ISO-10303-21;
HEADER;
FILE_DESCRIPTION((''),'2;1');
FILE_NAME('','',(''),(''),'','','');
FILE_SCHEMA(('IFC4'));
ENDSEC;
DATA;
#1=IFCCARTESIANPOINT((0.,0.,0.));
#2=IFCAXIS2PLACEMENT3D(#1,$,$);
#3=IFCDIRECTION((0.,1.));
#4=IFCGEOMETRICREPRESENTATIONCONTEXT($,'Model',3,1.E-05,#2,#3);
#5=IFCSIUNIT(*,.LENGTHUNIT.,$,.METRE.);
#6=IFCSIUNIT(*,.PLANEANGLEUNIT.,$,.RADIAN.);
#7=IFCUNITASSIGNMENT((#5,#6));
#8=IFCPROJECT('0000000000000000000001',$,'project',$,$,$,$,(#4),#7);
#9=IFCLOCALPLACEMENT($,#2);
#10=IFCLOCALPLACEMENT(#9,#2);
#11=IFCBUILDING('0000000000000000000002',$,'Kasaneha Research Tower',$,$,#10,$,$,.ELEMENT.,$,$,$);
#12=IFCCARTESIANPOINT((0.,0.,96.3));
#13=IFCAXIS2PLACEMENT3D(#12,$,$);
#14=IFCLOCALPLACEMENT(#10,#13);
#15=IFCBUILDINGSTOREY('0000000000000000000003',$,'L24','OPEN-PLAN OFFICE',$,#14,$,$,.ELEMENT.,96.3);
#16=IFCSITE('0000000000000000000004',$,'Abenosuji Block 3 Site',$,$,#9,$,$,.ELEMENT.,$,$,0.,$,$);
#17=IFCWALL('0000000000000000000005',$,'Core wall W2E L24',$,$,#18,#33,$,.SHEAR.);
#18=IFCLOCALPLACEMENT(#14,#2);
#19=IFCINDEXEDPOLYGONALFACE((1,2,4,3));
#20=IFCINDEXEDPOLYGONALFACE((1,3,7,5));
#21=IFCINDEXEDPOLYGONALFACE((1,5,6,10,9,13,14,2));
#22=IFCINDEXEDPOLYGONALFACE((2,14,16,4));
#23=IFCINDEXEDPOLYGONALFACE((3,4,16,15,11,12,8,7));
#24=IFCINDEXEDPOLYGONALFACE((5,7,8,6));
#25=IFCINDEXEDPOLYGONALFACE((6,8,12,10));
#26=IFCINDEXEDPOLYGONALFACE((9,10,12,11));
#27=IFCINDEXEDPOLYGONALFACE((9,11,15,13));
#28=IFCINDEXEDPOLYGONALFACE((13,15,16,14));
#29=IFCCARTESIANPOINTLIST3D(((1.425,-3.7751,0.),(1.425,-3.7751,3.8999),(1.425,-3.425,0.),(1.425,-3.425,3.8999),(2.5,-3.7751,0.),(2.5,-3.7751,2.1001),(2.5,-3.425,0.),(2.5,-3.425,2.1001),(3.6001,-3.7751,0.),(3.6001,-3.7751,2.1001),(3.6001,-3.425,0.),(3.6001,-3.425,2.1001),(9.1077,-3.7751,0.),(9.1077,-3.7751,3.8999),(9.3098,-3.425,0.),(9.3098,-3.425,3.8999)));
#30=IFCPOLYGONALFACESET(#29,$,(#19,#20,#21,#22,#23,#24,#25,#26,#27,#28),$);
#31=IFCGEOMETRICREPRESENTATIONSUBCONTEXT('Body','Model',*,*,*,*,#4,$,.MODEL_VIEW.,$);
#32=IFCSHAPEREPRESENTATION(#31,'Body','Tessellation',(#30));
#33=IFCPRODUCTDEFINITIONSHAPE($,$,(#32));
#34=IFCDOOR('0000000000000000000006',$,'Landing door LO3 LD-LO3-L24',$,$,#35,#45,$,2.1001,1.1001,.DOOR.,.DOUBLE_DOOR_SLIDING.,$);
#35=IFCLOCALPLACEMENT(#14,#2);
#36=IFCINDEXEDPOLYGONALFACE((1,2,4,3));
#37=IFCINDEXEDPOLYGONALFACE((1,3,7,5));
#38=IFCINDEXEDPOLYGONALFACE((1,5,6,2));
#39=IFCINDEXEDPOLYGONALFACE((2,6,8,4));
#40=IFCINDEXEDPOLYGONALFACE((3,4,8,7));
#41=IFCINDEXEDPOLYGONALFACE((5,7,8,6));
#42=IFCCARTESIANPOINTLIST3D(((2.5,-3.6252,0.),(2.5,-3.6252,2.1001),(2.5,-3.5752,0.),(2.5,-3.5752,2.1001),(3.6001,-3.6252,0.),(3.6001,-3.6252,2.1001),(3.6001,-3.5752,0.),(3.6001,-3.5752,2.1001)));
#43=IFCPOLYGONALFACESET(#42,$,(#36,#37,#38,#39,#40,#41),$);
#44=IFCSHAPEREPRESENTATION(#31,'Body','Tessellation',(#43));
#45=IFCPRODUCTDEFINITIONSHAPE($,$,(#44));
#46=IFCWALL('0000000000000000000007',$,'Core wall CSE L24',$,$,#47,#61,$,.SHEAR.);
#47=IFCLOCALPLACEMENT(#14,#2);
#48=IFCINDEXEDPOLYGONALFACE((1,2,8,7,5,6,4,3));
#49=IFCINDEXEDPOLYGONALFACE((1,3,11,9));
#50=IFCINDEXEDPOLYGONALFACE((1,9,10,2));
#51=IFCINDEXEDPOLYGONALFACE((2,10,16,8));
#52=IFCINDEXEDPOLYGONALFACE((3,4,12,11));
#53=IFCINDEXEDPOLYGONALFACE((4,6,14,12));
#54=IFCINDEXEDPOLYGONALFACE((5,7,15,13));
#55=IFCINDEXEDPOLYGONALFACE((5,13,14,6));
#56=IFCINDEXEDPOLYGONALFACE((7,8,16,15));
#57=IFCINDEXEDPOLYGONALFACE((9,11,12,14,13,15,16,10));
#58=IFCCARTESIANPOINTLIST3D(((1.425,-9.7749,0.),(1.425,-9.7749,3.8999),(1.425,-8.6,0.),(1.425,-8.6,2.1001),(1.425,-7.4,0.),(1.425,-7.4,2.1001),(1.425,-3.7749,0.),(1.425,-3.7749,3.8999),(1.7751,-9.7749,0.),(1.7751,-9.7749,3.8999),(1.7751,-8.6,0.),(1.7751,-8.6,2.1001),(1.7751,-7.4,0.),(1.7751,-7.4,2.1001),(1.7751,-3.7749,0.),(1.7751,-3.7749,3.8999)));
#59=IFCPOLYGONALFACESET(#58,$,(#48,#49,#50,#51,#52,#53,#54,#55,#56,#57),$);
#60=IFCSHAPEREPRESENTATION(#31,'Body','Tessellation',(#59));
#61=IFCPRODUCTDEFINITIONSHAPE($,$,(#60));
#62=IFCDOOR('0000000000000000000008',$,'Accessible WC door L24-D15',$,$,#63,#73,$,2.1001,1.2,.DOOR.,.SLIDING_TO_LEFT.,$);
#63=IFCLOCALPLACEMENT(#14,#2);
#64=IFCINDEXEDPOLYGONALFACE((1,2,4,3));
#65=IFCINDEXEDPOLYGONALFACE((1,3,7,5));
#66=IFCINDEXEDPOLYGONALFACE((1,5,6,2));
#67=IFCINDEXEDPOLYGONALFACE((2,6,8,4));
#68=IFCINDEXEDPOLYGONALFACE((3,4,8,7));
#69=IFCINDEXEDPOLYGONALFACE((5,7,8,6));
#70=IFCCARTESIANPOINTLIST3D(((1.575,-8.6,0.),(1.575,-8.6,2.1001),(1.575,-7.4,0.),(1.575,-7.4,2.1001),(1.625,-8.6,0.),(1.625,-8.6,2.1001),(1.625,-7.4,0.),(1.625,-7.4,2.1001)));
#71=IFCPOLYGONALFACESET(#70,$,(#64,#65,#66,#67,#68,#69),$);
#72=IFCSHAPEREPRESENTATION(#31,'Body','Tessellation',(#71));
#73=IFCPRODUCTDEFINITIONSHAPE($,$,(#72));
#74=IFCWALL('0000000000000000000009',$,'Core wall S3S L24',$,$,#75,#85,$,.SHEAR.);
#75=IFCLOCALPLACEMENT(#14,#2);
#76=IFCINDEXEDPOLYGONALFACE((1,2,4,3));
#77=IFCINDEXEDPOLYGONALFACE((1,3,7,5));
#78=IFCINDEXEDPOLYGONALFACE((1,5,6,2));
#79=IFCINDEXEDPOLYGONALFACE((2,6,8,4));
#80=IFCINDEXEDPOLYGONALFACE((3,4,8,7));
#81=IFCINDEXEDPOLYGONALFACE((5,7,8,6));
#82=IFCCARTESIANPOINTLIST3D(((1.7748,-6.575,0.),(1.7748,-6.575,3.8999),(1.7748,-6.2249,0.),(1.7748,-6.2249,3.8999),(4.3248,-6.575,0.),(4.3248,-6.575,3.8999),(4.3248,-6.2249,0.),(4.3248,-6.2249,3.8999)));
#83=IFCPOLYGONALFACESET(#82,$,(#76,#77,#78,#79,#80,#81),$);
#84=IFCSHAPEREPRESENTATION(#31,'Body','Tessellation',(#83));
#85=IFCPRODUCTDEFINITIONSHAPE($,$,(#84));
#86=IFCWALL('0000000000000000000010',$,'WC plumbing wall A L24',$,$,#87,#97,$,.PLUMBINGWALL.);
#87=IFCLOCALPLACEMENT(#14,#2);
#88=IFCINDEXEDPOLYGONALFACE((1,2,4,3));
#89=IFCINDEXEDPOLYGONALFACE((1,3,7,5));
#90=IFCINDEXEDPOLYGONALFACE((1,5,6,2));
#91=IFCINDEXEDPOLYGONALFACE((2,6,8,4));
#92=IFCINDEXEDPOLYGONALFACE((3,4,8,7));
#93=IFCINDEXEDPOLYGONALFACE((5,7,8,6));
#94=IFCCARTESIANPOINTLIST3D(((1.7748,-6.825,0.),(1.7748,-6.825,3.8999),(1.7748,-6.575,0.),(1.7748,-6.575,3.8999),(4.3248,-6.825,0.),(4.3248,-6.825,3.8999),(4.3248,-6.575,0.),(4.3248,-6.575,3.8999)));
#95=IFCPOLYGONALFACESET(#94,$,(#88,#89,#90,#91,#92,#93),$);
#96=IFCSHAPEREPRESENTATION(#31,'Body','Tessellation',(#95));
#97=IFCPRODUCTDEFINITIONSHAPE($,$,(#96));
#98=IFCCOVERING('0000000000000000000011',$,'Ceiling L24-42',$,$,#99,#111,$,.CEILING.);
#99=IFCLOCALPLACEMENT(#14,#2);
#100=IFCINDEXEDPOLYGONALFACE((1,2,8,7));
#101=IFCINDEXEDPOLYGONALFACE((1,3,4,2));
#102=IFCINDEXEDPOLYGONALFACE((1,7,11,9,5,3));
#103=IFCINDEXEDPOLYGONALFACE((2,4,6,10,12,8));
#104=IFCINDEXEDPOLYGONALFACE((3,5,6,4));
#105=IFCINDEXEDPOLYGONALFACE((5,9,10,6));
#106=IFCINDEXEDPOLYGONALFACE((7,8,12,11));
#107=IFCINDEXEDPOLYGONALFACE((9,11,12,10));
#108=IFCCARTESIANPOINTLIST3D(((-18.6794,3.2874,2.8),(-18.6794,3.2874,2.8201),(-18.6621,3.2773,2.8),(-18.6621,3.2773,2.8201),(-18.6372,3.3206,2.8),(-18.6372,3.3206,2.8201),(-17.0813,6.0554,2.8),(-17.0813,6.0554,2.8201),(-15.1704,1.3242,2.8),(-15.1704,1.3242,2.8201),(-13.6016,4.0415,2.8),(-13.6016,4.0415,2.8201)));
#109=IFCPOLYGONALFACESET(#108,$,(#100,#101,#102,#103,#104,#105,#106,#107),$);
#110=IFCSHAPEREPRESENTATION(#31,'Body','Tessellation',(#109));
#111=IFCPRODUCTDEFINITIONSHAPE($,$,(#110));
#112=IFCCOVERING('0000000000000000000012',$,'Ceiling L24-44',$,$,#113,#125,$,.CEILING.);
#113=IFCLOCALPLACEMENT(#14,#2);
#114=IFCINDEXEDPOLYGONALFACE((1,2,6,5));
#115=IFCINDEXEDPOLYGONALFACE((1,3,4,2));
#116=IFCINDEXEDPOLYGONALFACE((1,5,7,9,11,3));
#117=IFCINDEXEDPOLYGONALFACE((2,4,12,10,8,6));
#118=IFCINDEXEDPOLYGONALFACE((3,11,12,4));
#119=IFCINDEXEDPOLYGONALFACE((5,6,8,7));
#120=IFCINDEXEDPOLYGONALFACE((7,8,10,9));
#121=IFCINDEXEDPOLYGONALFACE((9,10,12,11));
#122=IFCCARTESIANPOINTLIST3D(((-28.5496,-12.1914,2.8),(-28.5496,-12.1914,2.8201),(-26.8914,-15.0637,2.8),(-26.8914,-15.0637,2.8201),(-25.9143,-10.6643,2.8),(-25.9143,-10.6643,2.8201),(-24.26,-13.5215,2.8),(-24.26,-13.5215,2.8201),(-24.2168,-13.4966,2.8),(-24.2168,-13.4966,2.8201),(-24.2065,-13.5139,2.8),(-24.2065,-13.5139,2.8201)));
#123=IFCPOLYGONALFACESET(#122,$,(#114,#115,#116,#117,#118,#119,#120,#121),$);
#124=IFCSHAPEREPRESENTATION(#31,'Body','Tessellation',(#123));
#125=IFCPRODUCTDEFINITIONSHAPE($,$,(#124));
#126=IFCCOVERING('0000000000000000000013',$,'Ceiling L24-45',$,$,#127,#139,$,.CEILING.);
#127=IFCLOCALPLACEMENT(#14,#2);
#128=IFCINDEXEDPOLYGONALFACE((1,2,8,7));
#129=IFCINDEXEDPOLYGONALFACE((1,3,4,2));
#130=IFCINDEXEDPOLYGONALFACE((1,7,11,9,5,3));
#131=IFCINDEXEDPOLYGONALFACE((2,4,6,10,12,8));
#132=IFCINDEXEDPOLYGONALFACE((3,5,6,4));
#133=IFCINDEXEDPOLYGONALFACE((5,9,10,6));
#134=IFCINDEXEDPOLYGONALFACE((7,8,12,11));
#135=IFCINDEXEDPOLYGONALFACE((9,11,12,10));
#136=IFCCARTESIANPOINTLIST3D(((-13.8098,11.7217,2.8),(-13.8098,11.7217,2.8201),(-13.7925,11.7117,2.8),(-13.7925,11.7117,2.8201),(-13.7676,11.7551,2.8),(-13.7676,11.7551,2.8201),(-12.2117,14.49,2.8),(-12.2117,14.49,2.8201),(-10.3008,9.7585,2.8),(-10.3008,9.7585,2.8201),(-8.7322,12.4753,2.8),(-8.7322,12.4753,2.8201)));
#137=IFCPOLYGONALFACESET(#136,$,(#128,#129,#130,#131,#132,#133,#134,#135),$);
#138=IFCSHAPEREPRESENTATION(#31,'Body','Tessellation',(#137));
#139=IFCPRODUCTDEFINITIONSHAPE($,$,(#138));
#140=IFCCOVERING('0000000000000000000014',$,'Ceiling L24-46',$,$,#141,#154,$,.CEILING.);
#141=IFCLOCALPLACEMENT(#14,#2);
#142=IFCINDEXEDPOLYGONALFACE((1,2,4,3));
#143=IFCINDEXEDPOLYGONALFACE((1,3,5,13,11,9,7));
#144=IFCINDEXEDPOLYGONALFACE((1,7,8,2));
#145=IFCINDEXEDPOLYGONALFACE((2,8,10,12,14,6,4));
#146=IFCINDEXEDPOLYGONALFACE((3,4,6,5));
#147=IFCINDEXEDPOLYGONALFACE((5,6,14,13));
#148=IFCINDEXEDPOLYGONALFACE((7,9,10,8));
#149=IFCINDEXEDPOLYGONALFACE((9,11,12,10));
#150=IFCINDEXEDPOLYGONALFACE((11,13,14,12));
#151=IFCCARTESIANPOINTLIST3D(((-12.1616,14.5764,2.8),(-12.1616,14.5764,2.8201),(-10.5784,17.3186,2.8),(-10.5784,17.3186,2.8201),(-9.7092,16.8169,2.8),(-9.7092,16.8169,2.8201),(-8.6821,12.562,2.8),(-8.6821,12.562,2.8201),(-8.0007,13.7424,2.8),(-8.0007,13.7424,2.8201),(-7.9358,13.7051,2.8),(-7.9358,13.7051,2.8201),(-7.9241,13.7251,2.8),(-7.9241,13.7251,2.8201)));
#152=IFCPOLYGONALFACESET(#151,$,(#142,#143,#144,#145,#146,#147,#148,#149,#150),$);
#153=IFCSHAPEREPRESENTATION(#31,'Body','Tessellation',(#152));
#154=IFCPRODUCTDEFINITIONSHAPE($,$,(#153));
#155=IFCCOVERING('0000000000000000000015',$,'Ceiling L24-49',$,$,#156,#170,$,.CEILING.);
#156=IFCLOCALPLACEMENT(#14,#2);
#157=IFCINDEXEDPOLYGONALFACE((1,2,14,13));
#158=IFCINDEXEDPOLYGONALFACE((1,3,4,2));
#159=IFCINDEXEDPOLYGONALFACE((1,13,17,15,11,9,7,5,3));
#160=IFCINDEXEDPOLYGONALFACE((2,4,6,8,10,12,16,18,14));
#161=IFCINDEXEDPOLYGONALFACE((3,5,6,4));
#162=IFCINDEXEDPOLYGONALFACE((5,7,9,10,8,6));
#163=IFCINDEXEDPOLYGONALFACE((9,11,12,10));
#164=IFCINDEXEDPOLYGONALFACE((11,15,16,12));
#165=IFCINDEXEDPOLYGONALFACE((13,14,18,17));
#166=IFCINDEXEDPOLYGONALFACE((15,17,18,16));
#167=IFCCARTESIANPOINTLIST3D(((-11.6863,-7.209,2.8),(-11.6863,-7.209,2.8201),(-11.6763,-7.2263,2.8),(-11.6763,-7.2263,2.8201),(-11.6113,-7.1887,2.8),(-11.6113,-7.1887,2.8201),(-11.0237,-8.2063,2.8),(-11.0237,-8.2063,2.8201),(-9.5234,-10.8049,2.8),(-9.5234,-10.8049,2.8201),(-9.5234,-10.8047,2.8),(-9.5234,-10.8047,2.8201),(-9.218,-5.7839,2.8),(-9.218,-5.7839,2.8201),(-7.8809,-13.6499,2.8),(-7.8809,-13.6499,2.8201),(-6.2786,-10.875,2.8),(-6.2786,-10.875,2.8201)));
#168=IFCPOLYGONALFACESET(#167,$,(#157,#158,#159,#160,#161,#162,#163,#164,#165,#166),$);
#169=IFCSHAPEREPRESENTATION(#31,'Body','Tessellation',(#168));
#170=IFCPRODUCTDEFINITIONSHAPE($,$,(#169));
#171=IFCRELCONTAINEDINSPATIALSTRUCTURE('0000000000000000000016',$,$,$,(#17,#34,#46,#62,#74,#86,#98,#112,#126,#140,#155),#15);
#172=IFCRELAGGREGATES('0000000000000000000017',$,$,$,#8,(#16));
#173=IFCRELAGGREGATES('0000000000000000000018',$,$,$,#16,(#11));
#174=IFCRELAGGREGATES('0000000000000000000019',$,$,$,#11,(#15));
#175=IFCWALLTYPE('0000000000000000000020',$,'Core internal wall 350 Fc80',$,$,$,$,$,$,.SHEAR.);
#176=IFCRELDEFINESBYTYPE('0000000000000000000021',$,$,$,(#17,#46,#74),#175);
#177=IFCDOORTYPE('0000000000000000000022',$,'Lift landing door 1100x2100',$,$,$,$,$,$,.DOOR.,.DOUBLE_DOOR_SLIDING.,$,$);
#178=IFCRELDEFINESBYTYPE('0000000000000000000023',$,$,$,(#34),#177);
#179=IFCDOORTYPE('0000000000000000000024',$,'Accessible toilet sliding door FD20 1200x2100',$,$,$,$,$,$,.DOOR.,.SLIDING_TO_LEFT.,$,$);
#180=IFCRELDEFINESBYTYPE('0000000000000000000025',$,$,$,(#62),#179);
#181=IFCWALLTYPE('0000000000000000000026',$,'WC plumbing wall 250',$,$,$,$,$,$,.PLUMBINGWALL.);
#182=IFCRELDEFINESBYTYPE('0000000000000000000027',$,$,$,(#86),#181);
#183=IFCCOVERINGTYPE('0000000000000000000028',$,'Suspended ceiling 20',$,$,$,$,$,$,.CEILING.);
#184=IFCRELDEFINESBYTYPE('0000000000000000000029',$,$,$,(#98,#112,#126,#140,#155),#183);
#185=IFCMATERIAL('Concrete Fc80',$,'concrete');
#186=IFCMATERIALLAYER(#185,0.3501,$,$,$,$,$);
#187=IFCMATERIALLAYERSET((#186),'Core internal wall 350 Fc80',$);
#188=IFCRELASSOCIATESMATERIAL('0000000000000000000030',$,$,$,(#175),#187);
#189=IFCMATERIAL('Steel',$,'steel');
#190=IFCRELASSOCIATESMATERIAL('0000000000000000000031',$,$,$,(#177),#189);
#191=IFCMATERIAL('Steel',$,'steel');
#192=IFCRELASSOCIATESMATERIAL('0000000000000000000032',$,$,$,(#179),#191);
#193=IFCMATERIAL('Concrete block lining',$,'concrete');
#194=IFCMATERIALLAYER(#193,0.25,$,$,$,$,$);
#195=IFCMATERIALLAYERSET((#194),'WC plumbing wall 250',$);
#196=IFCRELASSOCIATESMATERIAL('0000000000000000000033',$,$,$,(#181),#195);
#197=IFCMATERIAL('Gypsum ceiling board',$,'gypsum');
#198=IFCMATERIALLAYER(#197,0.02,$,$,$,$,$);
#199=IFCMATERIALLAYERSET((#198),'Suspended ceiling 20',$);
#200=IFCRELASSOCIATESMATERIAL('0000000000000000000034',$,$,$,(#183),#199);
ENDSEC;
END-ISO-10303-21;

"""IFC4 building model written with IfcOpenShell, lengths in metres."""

from ifc_helpers import new_model, si_unit, direction, frame, frame_2d, origin, place, context, subcontext, project, spatial, polyline, rectangle, outline, extrude, material, layer, layer_set, type_object, element, fill, save


model = new_model("IFC4")

# Units and contexts
model_context = context("Model", 3, precision=1e-05, world=origin(), true_north=direction((0.0, 1.0)))
body_context = subcontext(model_context, "Body", "Model", "MODEL_VIEW")
ifc_project = project(units=[si_unit("LENGTHUNIT", "METRE"), si_unit("PLANEANGLEUNIT", "RADIAN")], contexts=[model_context])

# Site, building, storey
site_placement = place(None, origin())
site = spatial("IfcSite", under=ifc_project, at=site_placement, Name="Abenosuji Block 3 Site", CompositionType="ELEMENT", RefElevation=0.0)
building_placement = place(site_placement, origin())
building = spatial("IfcBuilding", under=site, at=building_placement, Name="Kasaneha Research Tower", CompositionType="ELEMENT")
storey_placement = place(building_placement, frame((0.0, 0.0, 96.3)))
storey = spatial("IfcBuildingStorey", under=building, at=storey_placement, Name="L24", Description="OPEN-PLAN OFFICE", CompositionType="ELEMENT", Elevation=96.3)

# Walls, openings, doors
ifc_material_1 = material(Name="Concrete Fc80", Category="concrete")
ifc_layer_1 = layer(ifc_material_1, 0.3501)
ifc_layer_set_1 = layer_set([ifc_layer_1], Name="Core internal wall 350 Fc80")
wall_type_1 = type_object("IfcWallType", Name="Core internal wall 350 Fc80", PredefinedType="SHEAR", material=ifc_layer_set_1)
wall_1_placement = place(storey_placement, frame((1.425, -3.6001, 0.0), z_axis=(0.0, 0.0, 1.0), x_axis=(1.0, 0.0, 0.0)))
wall_1 = element("IfcWall", 1, at=wall_1_placement, inside=storey, type_object=wall_type_1, Name="Core wall W2E L24", PredefinedType="SHEAR", context=body_context, shape_type="SweptSolid", body=[
    extrude(outline(polyline([(0.0, -0.175), (1.075, -0.175), (2.175, -0.175), (7.6826, -0.175), (7.8848, 0.175), (2.175, 0.175), (1.075, 0.175), (0.0, 0.175), (0.0, -0.175)])), origin(), (0.0, 0.0, 1.0), 3.8999),
])
opening_1_placement = place(wall_1_placement, frame((1.075, 0.0, 0.0)))
opening_1 = element("IfcOpeningElement", 2, at=opening_1_placement, cuts=wall_1, PredefinedType="OPENING", context=body_context, shape_type="SweptSolid", body=[
    extrude(rectangle(XDim=1.1001, YDim=2.1001, at=frame_2d((0.55, 1.05))), frame((0.0, 0.1851, 0.0), z_axis=(0.0, -1.0, 0.0), x_axis=(1.0, 0.0, 0.0)), (0.0, 0.0, 1.0), 0.3701),
])
ifc_material_2 = material(Name="Steel", Category="steel")
door_type_1 = type_object("IfcDoorType", Name="Lift landing door 1100x2100", OperationType="DOUBLE_DOOR_SLIDING", PredefinedType="DOOR", material=ifc_material_2)
door_1_placement = place(opening_1_placement, origin())
door_1 = element("IfcDoor", 3, at=door_1_placement, inside=storey, type_object=door_type_1, Name="Landing door LO3 LD-LO3-L24", OperationType="DOUBLE_DOOR_SLIDING", OverallHeight=2.1001, OverallWidth=1.1001, PredefinedType="DOOR", context=body_context, shape_type="SweptSolid", body=[
    extrude(rectangle(XDim=1.1001, YDim=2.1001, at=frame_2d((0.55, 1.05))), frame((0.0, 0.0249, 0.0), z_axis=(0.0, -1.0, 0.0), x_axis=(1.0, 0.0, 0.0)), (0.0, 0.0, 1.0), 0.05),
])
fill(opening_1, door_1)
wall_2_placement = place(storey_placement, frame((1.6001, -3.7749, 0.0), z_axis=(0.0, 0.0, 1.0), x_axis=(0.0, -1.0, 0.0)))
wall_2 = element("IfcWall", 4, at=wall_2_placement, inside=storey, type_object=wall_type_1, Name="Core wall CSE L24", PredefinedType="SHEAR", context=body_context, shape_type="SweptSolid", body=[
    extrude(rectangle(XDim=6.0, YDim=0.3501, at=frame_2d((3.0, 0.0))), origin(), (0.0, 0.0, 1.0), 3.8999),
])
opening_2_placement = place(wall_2_placement, frame((3.625, 0.0, 0.0)))
opening_2 = element("IfcOpeningElement", 5, at=opening_2_placement, cuts=wall_2, PredefinedType="OPENING", context=body_context, shape_type="SweptSolid", body=[
    extrude(rectangle(XDim=1.2, YDim=2.1001, at=frame_2d((0.6001, 1.05))), frame((0.0, 0.1851, 0.0), z_axis=(0.0, -1.0, 0.0), x_axis=(1.0, 0.0, 0.0)), (0.0, 0.0, 1.0), 0.3701),
])
ifc_material_3 = material(Name="Steel", Category="steel")
door_type_2 = type_object("IfcDoorType", Name="Accessible toilet sliding door FD20 1200x2100", OperationType="SLIDING_TO_LEFT", PredefinedType="DOOR", material=ifc_material_3)
door_2_placement = place(opening_2_placement, origin())
door_2 = element("IfcDoor", 6, at=door_2_placement, inside=storey, type_object=door_type_2, Name="Accessible WC door L24-D15", OperationType="SLIDING_TO_LEFT", OverallHeight=2.1001, OverallWidth=1.2, PredefinedType="DOOR", context=body_context, shape_type="SweptSolid", body=[
    extrude(rectangle(XDim=1.2, YDim=2.1001, at=frame_2d((0.6001, 1.05))), frame((0.0, 0.0249, 0.0), z_axis=(0.0, -1.0, 0.0), x_axis=(1.0, 0.0, 0.0)), (0.0, 0.0, 1.0), 0.05),
])
fill(opening_2, door_2)

# Walls
wall_3_placement = place(storey_placement, frame((1.7749, -6.3999, 0.0), z_axis=(0.0, 0.0, 1.0), x_axis=(1.0, 0.0, 0.0)))
element("IfcWall", 7, at=wall_3_placement, inside=storey, type_object=wall_type_1, Name="Core wall S3S L24", PredefinedType="SHEAR", context=body_context, shape_type="SweptSolid", body=[
    extrude(rectangle(XDim=2.55, YDim=0.3501, at=frame_2d((1.2749, 0.0))), origin(), (0.0, 0.0, 1.0), 3.8999),
])
ifc_material_4 = material(Name="Concrete block lining", Category="concrete")
ifc_layer_2 = layer(ifc_material_4, 0.25)
ifc_layer_set_2 = layer_set([ifc_layer_2], Name="WC plumbing wall 250")
wall_type_2 = type_object("IfcWallType", Name="WC plumbing wall 250", PredefinedType="PLUMBINGWALL", material=ifc_layer_set_2)
wall_4_placement = place(storey_placement, frame((1.7749, -6.7, 0.0), z_axis=(0.0, 0.0, 1.0), x_axis=(1.0, 0.0, 0.0)))
element("IfcWall", 8, at=wall_4_placement, inside=storey, type_object=wall_type_2, Name="WC plumbing wall A L24", PredefinedType="PLUMBINGWALL", context=body_context, shape_type="SweptSolid", body=[
    extrude(rectangle(XDim=2.55, YDim=0.25, at=frame_2d((1.2749, 0.0))), origin(), (0.0, 0.0, 1.0), 3.8999),
])

# Coverings
ifc_material_5 = material(Name="Gypsum ceiling board", Category="gypsum")
ifc_layer_3 = layer(ifc_material_5, 0.02)
ifc_layer_set_3 = layer_set([ifc_layer_3], Name="Suspended ceiling 20")
covering_type = type_object("IfcCoveringType", Name="Suspended ceiling 20", PredefinedType="CEILING", material=ifc_layer_set_3)
covering_1_placement = place(storey_placement, frame((0.0, 0.0, 2.8)))
element("IfcCovering", 9, at=covering_1_placement, inside=storey, type_object=covering_type, Name="Ceiling L24-42", PredefinedType="CEILING", context=body_context, shape_type="SweptSolid", body=[
    extrude(outline(polyline([(-18.6794, 3.2874), (-17.0813, 6.0554), (-13.6016, 4.0415), (-15.1704, 1.3242), (-18.6372, 3.3206), (-18.6621, 3.2773), (-18.6794, 3.2874)])), origin(), (0.0, 0.0, 1.0), 0.02),
])
covering_2_placement = place(storey_placement, frame((0.0, 0.0, 2.8)))
element("IfcCovering", 10, at=covering_2_placement, inside=storey, type_object=covering_type, Name="Ceiling L24-44", PredefinedType="CEILING", context=body_context, shape_type="SweptSolid", body=[
    extrude(outline(polyline([(-24.2065, -13.5139), (-26.8914, -15.0637), (-28.572, -12.1526), (-28.5496, -12.1914), (-25.9143, -10.6643), (-24.26, -13.5215), (-24.2168, -13.4966), (-24.2065, -13.5139)])), origin(), (0.0, 0.0, 1.0), 0.02),
])
covering_3_placement = place(storey_placement, frame((0.0, 0.0, 2.8)))
element("IfcCovering", 11, at=covering_3_placement, inside=storey, type_object=covering_type, Name="Ceiling L24-45", PredefinedType="CEILING", context=body_context, shape_type="SweptSolid", body=[
    extrude(outline(polyline([(-13.8098, 11.7217), (-12.2117, 14.49), (-8.7322, 12.4753), (-10.3008, 9.7585), (-13.7676, 11.7551), (-13.7925, 11.7117), (-13.8098, 11.7217)])), origin(), (0.0, 0.0, 1.0), 0.02),
])
covering_4_placement = place(storey_placement, frame((0.0, 0.0, 2.8)))
element("IfcCovering", 12, at=covering_4_placement, inside=storey, type_object=covering_type, Name="Ceiling L24-46", PredefinedType="CEILING", context=body_context, shape_type="SweptSolid", body=[
    extrude(outline(polyline([(-10.5784, 17.3186), (-9.7092, 16.8169), (-7.9241, 13.7251), (-7.9358, 13.7051), (-8.0007, 13.7424), (-8.6821, 12.562), (-12.1616, 14.5764), (-12.1865, 14.5332), (-12.1865, 14.5332), (-10.5784, 17.3186)])), origin(), (0.0, 0.0, 1.0), 0.02),
])
covering_5_placement = place(storey_placement, frame((0.0, 0.0, 2.8)))
element("IfcCovering", 13, at=covering_5_placement, inside=storey, type_object=covering_type, Name="Ceiling L24-49", PredefinedType="CEILING", context=body_context, shape_type="SweptSolid", body=[
    extrude(outline(polyline([(-7.8809, -13.6499), (-7.8809, -13.6499), (-9.5234, -10.8047), (-9.5234, -10.8049), (-11.0237, -8.2063), (-11.0237, -8.2063), (-11.6113, -7.1887), (-11.6763, -7.2263), (-11.6863, -7.209), (-9.218, -5.7839), (-6.2786, -10.875), (-7.8809, -13.6499)])), origin(), (0.0, 0.0, 1.0), 0.02),
])

save(model, "model.ifc")
